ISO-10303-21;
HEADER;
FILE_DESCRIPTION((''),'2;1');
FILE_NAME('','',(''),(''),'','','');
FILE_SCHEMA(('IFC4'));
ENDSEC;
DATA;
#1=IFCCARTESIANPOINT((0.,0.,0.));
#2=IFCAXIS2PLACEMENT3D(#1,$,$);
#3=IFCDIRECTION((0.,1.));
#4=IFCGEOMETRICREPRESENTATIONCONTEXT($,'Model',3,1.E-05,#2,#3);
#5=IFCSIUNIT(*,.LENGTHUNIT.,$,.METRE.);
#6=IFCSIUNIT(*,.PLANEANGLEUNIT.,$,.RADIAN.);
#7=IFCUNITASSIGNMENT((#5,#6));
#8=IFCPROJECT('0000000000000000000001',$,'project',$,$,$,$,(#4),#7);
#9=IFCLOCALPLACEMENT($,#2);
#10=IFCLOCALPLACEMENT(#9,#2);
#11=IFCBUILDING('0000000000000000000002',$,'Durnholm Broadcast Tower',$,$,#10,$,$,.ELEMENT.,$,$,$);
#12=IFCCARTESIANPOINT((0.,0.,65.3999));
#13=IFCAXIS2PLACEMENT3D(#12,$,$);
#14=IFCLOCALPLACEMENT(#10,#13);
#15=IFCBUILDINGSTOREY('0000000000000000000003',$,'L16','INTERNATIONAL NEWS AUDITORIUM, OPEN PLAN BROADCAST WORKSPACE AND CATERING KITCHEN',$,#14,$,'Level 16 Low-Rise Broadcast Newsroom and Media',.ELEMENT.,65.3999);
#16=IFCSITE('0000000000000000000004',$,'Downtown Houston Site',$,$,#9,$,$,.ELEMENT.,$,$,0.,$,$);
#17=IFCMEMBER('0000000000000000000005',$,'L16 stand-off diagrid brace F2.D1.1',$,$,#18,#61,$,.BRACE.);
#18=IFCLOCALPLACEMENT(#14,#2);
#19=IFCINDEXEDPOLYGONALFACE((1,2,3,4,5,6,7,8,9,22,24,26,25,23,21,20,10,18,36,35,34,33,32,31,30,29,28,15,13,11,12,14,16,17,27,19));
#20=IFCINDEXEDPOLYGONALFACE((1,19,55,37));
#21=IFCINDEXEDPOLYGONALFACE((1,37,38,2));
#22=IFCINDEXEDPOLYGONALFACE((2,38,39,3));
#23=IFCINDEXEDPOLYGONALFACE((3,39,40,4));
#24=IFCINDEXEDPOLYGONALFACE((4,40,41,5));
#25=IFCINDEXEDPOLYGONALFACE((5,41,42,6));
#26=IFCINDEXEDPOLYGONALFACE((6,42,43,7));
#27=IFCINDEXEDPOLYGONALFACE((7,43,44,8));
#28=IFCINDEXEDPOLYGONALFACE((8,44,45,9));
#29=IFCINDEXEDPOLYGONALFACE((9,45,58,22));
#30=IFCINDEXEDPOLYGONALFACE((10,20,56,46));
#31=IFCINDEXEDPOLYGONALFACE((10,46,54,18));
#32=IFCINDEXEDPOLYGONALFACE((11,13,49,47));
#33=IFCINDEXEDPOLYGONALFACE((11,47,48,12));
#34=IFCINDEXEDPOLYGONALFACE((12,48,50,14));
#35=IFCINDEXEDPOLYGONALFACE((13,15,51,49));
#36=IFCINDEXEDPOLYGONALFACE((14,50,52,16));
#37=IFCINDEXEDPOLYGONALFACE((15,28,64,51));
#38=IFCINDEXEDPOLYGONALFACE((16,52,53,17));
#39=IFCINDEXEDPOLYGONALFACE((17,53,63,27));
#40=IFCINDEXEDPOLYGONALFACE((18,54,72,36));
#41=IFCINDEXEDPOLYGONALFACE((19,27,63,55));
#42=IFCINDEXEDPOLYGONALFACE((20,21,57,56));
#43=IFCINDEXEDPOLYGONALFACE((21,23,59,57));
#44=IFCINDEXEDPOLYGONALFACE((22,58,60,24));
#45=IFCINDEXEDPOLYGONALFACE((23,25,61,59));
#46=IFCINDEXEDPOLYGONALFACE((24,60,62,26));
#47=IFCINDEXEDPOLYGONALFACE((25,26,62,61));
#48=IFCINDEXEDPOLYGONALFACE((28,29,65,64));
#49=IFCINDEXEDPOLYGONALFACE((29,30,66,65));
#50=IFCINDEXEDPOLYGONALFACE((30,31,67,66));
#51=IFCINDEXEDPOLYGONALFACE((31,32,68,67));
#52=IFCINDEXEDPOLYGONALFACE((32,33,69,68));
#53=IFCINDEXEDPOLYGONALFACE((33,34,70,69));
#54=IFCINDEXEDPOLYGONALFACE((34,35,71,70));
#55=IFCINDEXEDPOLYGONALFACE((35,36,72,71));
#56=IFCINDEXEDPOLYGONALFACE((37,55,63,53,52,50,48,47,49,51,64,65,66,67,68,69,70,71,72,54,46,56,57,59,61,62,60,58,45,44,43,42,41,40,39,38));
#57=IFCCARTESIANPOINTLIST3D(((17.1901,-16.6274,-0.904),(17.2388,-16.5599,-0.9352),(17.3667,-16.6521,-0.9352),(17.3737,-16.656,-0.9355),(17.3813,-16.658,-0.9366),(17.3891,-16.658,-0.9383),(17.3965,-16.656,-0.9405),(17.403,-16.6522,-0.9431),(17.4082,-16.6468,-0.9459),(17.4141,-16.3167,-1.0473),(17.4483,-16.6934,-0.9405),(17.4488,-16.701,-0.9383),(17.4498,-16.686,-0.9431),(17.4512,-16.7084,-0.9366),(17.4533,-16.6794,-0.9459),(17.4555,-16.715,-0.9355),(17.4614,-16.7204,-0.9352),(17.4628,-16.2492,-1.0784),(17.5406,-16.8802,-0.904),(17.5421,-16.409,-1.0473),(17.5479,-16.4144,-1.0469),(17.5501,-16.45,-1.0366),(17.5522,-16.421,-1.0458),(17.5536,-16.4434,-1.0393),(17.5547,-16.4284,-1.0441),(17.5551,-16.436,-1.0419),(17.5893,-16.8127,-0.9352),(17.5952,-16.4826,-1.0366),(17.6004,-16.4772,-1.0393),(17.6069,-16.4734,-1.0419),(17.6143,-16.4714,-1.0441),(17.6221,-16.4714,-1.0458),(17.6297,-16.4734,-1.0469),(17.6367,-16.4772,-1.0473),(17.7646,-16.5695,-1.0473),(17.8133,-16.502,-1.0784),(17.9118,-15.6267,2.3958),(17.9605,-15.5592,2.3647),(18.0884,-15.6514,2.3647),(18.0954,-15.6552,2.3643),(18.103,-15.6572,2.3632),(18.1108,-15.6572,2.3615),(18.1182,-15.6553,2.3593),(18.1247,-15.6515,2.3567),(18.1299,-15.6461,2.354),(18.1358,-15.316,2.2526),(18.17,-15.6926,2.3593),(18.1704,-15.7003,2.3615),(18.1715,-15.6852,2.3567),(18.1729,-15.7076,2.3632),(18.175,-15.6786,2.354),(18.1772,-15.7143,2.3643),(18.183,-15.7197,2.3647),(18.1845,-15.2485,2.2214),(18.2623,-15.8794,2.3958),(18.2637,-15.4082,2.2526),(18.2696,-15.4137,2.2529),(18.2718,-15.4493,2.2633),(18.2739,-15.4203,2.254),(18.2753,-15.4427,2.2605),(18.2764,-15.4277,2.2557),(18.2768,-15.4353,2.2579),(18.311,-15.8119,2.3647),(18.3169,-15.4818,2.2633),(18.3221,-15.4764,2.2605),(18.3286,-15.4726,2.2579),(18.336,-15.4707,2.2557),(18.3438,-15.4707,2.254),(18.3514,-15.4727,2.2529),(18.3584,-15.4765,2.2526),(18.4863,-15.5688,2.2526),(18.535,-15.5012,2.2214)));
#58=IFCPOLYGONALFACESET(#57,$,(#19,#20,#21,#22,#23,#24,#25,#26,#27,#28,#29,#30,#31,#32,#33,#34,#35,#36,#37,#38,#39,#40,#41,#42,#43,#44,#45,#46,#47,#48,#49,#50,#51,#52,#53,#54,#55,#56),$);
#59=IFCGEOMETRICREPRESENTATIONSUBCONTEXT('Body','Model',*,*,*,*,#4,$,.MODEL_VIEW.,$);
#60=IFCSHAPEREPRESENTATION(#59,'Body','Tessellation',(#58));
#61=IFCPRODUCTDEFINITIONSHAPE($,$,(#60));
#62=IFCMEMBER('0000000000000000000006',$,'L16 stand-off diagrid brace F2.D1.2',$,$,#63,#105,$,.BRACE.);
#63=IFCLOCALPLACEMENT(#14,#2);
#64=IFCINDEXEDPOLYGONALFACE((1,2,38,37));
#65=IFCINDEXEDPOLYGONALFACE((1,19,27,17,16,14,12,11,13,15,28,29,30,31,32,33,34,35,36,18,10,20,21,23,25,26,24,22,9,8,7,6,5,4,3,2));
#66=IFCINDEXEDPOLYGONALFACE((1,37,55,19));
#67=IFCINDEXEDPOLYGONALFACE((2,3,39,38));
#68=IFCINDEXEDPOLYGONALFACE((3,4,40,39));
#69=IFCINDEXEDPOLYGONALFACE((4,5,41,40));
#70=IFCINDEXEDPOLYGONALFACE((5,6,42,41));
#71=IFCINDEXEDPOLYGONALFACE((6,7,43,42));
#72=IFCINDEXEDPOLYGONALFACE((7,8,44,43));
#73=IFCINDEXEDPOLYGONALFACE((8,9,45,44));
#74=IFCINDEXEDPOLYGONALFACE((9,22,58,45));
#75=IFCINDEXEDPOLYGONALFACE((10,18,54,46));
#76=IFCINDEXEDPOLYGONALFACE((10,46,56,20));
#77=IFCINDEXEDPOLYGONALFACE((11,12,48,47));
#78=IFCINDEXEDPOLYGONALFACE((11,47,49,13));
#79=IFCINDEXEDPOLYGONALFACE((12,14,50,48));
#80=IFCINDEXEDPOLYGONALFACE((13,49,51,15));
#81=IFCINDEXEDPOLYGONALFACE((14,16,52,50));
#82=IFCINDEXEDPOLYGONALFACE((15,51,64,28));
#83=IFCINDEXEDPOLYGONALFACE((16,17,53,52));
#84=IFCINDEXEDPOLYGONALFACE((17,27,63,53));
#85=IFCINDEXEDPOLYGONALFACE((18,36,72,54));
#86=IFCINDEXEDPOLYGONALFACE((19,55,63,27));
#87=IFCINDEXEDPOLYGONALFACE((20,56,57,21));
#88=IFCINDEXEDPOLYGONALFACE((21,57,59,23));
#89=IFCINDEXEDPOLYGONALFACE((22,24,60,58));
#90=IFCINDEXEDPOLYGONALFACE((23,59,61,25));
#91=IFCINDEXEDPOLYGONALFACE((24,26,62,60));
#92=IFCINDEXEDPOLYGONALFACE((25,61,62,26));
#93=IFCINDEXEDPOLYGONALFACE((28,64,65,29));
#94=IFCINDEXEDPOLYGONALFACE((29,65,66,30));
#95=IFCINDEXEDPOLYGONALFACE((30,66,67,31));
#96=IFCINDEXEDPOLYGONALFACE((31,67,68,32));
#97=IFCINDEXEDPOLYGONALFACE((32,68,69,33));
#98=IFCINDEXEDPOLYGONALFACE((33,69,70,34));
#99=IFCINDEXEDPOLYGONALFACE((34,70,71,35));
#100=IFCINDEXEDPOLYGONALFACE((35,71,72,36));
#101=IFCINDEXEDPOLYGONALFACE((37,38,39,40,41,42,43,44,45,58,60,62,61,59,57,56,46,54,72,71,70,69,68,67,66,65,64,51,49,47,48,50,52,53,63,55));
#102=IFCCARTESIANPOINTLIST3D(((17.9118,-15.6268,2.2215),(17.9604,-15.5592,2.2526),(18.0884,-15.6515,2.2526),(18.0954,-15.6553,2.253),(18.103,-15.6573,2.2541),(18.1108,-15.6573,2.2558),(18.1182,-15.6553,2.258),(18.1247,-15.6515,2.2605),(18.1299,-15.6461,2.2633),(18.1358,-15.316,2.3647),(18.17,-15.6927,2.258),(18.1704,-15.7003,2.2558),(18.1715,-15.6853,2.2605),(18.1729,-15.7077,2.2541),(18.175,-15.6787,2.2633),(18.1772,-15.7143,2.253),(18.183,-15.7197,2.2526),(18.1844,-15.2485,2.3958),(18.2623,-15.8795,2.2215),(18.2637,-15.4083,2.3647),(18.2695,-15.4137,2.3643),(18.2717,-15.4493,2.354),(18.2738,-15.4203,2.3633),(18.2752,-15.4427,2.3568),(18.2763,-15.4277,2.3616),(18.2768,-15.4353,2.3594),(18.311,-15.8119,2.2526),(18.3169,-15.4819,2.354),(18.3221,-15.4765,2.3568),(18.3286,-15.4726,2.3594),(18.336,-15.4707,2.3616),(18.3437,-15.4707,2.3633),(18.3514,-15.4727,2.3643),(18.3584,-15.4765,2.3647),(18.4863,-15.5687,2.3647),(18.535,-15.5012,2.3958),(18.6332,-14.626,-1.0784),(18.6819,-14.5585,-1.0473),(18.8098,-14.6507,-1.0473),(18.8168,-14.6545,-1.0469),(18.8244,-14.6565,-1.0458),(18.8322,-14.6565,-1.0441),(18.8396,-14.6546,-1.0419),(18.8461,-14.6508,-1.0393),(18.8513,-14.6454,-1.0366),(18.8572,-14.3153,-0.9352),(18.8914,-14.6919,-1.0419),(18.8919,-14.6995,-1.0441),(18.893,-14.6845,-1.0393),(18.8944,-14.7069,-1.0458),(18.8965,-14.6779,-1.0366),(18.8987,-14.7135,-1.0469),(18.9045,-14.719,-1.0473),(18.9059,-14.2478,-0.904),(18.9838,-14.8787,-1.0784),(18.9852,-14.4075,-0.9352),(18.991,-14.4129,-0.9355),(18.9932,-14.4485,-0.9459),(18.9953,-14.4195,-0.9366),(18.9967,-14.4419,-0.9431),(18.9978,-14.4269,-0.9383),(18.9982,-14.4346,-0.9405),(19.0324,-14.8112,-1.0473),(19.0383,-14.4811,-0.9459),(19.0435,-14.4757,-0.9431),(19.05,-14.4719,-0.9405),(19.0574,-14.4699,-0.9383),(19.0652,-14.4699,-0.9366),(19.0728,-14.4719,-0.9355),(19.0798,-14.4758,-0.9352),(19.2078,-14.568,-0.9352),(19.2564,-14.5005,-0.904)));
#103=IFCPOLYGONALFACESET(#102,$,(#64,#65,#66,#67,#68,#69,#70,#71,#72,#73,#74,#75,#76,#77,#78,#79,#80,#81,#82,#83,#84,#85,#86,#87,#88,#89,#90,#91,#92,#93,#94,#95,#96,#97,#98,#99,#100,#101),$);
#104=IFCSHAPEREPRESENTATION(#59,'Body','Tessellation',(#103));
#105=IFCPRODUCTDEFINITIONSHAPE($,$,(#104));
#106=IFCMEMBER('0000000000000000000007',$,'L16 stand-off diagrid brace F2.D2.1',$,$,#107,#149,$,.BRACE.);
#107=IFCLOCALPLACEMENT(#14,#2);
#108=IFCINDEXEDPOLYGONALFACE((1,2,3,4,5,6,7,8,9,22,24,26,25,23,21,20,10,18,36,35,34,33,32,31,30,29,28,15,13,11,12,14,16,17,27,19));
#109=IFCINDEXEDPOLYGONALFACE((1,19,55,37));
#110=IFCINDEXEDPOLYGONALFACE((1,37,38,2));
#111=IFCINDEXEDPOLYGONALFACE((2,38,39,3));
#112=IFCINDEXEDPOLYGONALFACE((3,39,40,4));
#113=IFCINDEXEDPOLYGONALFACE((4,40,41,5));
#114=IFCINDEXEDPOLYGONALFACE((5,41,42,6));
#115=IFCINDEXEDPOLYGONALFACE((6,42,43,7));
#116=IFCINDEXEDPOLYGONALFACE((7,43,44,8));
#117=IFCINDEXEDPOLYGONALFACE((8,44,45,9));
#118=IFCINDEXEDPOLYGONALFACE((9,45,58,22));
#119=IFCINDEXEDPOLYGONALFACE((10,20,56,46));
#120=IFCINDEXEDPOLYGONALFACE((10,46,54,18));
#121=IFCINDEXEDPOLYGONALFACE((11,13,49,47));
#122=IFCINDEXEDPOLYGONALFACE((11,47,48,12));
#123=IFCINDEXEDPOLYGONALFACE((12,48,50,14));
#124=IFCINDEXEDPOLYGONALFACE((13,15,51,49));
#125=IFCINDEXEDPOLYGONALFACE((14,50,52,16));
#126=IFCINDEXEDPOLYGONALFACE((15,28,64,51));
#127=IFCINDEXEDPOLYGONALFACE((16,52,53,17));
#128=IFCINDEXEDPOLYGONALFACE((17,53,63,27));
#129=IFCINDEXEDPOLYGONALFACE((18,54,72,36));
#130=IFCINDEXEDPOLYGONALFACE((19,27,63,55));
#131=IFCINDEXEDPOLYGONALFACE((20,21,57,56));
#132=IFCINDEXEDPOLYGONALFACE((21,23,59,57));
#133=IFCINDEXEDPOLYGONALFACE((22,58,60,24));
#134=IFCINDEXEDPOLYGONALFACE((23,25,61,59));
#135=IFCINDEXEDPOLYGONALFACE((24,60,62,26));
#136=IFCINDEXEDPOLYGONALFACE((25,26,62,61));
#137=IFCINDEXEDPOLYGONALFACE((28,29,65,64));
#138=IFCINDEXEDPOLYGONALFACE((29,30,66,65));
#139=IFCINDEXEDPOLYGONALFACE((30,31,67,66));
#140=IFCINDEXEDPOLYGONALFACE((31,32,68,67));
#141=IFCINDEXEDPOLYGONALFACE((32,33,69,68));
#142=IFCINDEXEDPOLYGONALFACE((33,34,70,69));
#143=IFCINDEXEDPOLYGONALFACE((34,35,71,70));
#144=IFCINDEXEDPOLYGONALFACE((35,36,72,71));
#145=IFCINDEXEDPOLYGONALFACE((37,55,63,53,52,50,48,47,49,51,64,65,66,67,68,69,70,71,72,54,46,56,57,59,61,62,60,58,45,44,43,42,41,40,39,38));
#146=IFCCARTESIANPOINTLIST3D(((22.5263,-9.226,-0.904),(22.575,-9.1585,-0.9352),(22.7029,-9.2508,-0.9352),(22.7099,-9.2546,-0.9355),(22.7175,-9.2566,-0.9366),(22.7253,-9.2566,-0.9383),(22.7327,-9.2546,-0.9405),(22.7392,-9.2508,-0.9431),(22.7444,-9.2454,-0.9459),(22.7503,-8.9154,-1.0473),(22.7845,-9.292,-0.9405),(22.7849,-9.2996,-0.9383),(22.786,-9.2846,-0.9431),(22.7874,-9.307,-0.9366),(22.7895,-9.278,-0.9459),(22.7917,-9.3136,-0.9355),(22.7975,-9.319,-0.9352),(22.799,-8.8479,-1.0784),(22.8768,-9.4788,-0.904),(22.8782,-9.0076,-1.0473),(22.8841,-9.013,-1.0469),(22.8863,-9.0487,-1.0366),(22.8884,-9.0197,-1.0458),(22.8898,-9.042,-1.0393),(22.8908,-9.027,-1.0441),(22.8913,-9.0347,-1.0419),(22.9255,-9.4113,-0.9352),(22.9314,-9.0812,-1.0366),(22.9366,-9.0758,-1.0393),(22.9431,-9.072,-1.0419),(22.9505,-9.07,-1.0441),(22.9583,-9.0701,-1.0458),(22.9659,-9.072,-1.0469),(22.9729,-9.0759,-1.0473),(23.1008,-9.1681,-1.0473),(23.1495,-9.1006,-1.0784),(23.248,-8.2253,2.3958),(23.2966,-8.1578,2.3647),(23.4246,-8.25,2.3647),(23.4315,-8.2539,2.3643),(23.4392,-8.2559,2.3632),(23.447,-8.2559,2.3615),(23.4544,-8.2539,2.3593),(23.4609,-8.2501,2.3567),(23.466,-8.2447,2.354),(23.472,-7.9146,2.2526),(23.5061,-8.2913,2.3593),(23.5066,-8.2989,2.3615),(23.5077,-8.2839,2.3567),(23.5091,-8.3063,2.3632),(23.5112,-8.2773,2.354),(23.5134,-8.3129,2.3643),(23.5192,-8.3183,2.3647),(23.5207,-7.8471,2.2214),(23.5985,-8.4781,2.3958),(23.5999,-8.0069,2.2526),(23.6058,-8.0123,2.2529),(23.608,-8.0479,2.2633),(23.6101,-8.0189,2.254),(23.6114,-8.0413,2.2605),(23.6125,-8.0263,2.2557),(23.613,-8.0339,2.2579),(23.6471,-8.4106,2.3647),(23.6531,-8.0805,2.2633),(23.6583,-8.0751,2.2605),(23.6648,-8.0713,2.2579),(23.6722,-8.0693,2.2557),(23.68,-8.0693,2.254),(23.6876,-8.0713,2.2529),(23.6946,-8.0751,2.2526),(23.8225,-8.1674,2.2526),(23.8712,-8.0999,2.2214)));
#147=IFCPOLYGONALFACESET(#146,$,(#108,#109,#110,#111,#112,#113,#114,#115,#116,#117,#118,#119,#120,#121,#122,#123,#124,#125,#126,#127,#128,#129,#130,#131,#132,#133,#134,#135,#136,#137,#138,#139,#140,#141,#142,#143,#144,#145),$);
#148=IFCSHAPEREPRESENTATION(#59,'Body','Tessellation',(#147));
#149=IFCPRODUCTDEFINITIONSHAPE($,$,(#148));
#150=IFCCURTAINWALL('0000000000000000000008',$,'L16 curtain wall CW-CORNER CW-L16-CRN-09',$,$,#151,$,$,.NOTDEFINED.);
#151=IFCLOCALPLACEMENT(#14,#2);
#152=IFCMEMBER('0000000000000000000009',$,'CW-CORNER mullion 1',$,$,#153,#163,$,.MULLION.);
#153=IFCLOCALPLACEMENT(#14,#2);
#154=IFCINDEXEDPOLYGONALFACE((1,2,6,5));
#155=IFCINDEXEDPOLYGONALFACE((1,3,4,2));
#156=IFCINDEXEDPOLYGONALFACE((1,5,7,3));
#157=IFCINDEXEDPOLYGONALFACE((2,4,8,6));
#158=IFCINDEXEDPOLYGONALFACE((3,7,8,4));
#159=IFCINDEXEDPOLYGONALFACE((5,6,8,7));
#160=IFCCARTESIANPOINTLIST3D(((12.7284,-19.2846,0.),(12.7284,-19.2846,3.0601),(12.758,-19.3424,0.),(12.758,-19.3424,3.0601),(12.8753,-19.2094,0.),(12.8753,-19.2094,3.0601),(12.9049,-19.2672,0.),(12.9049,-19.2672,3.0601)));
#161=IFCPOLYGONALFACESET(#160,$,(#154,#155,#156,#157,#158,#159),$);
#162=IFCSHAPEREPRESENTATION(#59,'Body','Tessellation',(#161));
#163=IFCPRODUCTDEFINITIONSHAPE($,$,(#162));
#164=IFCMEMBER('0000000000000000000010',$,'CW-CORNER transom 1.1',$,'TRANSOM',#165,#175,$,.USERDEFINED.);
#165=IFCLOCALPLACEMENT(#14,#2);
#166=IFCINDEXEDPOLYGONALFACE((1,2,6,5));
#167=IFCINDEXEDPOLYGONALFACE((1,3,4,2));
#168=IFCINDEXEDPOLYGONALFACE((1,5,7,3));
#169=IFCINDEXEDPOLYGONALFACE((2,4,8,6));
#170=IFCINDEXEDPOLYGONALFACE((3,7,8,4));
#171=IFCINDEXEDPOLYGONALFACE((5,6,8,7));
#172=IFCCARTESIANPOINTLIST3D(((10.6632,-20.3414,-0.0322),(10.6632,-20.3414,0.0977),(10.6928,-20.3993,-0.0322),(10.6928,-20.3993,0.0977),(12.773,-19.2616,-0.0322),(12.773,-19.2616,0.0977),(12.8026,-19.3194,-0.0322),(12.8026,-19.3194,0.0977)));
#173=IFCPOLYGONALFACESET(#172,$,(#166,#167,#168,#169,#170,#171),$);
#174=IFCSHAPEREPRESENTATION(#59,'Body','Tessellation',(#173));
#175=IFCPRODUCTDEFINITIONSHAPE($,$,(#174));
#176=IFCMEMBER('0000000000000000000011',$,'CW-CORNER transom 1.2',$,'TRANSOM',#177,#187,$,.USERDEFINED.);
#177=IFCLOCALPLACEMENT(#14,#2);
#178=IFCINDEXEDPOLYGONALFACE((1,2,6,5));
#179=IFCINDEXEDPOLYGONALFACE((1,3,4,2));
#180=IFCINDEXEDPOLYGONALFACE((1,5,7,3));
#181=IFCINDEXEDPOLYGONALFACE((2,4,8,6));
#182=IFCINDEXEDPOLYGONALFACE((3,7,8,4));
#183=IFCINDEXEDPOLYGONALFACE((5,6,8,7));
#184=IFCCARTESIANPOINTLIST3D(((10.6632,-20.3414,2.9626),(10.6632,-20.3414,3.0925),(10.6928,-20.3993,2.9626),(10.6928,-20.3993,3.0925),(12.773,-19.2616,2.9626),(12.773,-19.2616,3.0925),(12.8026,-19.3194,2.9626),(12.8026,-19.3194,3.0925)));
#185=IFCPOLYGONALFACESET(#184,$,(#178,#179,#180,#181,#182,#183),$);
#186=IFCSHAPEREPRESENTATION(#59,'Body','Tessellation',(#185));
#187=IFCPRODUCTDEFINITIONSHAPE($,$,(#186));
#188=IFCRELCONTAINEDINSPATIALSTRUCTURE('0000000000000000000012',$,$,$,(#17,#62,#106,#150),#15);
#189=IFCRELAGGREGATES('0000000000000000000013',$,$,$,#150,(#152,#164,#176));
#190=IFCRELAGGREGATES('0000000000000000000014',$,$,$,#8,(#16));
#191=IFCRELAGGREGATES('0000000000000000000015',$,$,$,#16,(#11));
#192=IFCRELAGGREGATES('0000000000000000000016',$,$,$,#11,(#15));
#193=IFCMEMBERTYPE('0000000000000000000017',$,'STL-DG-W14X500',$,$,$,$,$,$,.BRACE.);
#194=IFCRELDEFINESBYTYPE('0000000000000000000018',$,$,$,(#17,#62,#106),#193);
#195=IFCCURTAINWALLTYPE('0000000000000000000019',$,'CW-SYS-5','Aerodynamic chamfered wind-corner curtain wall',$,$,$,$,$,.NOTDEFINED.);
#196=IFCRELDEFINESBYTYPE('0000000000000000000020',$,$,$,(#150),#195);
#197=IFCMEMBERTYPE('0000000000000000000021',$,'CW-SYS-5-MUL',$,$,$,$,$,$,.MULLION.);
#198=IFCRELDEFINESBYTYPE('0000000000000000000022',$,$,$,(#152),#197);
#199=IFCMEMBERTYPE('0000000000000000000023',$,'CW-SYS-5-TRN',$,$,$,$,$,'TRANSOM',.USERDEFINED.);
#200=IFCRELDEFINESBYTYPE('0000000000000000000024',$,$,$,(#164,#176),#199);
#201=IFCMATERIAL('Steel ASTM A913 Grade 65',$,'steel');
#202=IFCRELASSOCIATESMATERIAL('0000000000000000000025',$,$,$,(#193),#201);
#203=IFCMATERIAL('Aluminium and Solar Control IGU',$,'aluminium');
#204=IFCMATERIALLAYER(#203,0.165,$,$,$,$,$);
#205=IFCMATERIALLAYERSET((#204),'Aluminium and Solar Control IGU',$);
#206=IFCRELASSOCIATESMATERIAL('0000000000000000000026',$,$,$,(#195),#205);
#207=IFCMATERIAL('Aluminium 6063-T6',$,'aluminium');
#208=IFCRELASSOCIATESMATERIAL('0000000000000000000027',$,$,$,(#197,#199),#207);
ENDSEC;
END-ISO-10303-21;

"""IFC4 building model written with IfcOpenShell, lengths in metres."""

from ifc_helpers import new_model, si_unit, direction, frame, origin, origin_2d, place, context, subcontext, project, spatial, rectangle, i_section, extrude, source, transform, mapped, material, layer, layer_set, material_profile, profile_set, type_object, type_shapes, element, aggregate, save


model = new_model("IFC4")

# Units and contexts
model_context = context("Model", 3, precision=1e-05, world=origin(), true_north=direction((0.0, 1.0)))
body_context = subcontext(model_context, "Body", "Model", "MODEL_VIEW")
ifc_project = project(units=[si_unit("LENGTHUNIT", "METRE"), si_unit("PLANEANGLEUNIT", "RADIAN")], contexts=[model_context])

# Site, building, storey
site_placement = place(None, origin())
site = spatial("IfcSite", under=ifc_project, at=site_placement, Name="Downtown Houston Site", CompositionType="ELEMENT", RefElevation=0.0)
building_placement = place(site_placement, origin())
building = spatial("IfcBuilding", under=site, at=building_placement, Name="Durnholm Broadcast Tower", CompositionType="ELEMENT")
storey_placement = place(building_placement, frame((0.0, 0.0, 65.3999)))
storey = spatial("IfcBuildingStorey", under=building, at=storey_placement, Name="L16", Description="INTERNATIONAL NEWS AUDITORIUM, OPEN PLAN BROADCAST WORKSPACE AND CATERING KITCHEN", LongName="Level 16 Low-Rise Broadcast Newsroom and Media", CompositionType="ELEMENT", Elevation=65.3999)

# Members
ifc_material_1 = material(Name="Steel ASTM A913 Grade 65", Category="steel")
ifc_material_profile_1 = material_profile(ifc_material_1, i_section(OverallWidth=0.4321, OverallDepth=0.4978, WebThickness=0.0557, FlangeThickness=0.0889, FilletRadius=0.0305, at=origin_2d()), Name="W14X500")
ifc_profile_set_1 = profile_set([ifc_material_profile_1], Name="Steel ASTM A913 Grade 65")
member_type_1 = type_object("IfcMemberType", Name="STL-DG-W14X500", PredefinedType="BRACE", material=ifc_profile_set_1)
shared_shape_1 = source(origin(), body_context, "Body", "SweptSolid", [
    extrude(i_section(OverallWidth=0.4321, OverallDepth=0.4978, WebThickness=0.0557, FlangeThickness=0.0889, FilletRadius=0.0305, at=origin_2d()), origin(), (0.0, 0.0, 1.0), 3.5229),
])
type_shapes(member_type_1, [shared_shape_1])
for number, where, z_axis, x_axis, name in (
    (1, (17.5017, -16.5647, -0.9912), (0.204852, 0.284063, 0.936666), (-0.811091, 0.58492, 0.0), "L16 stand-off diagrid brace F2.D1.1"),
    (2, (18.9448, -14.5632, -0.9912), (-0.204786, -0.284067, 0.93668), (0.811185, -0.584789, 0.0), "L16 stand-off diagrid brace F2.D1.2"),
    (3, (22.8379, -9.1633, -0.9912), (0.204852, 0.284063, 0.936666), (-0.811091, 0.58492, 0.0), "L16 stand-off diagrid brace F2.D2.1"),
):
    element("IfcMember", number, at=place(storey_placement, frame(where, z_axis=z_axis, x_axis=x_axis)), inside=storey, type_object=member_type_1, Name=name, PredefinedType="BRACE", context=body_context, shape_type="MappedRepresentation", body=[
        mapped(shared_shape_1, transform((0.0, 0.0, 0.0), x_axis=(1.0, 0.0, 0.0), y_axis=(0.0, 1.0, 0.0), z_axis=(0.0, 0.0, 1.0), scale=1.0)),
    ])

# Curtain wall, members
ifc_material_2 = material(Name="Aluminium and Solar Control IGU", Category="aluminium")
ifc_layer_1 = layer(ifc_material_2, 0.165)
ifc_layer_set_1 = layer_set([ifc_layer_1], Name="Aluminium and Solar Control IGU")
curtain_wall_type_1 = type_object("IfcCurtainWallType", Name="CW-SYS-5", Description="Aerodynamic chamfered wind-corner curtain wall", PredefinedType="NOTDEFINED", material=ifc_layer_set_1)
curtain_wall_1_placement = place(storey_placement, origin())
curtain_wall_1 = element("IfcCurtainWall", 4, at=curtain_wall_1_placement, inside=storey, type_object=curtain_wall_type_1, Name="L16 curtain wall CW-CORNER CW-L16-CRN-09", PredefinedType="NOTDEFINED")
ifc_material_3 = material(Name="Aluminium 6063-T6", Category="aluminium")
ifc_material_profile_2 = material_profile(ifc_material_3, rectangle(XDim=0.0649, YDim=0.165, at=origin_2d()), Name="CWM65X165")
ifc_profile_set_2 = profile_set([ifc_material_profile_2], Name="Aluminium 6063-T6")
member_type_2 = type_object("IfcMemberType", Name="CW-SYS-5-MUL", PredefinedType="MULLION", material=ifc_profile_set_2)
shared_shape_2 = source(origin(), body_context, "Body", "SweptSolid", [
    extrude(rectangle(XDim=0.0649, YDim=0.165, at=origin_2d()), origin(), (0.0, 0.0, 1.0), 3.0601),
])
type_shapes(member_type_2, [shared_shape_2])
member_1_placement = place(storey_placement, frame((12.8167, -19.2759, 0.0), z_axis=(0.0, 0.0, 1.0), x_axis=(0.455594, -0.890188, 0.0)))
member_1 = element("IfcMember", 5, at=member_1_placement, type_object=member_type_2, Name="CW-CORNER mullion 1", PredefinedType="MULLION", context=body_context, shape_type="MappedRepresentation", body=[
    mapped(shared_shape_2, transform((0.0, 0.0, 0.0), x_axis=(1.0, 0.0, 0.0), y_axis=(0.0, 1.0, 0.0), z_axis=(0.0, 0.0, 1.0), scale=1.0)),
])
ifc_material_profile_3 = material_profile(ifc_material_3, rectangle(XDim=0.0649, YDim=0.1299, at=origin_2d()), Name="CWT65X130")
ifc_profile_set_3 = profile_set([ifc_material_profile_3], Name="Aluminium 6063-T6")
member_type_3 = type_object("IfcMemberType", Name="CW-SYS-5-TRN", ElementType="TRANSOM", PredefinedType="USERDEFINED", material=ifc_profile_set_3)
shared_shape_3 = source(origin(), body_context, "Body", "SweptSolid", [
    extrude(rectangle(XDim=0.0649, YDim=0.1299, at=origin_2d()), origin(), (0.0, 0.0, 1.0), 2.3701),
])
type_shapes(member_type_3, [shared_shape_3])
member_2_placement = place(storey_placement, frame((12.7878, -19.2905, 0.0327), z_axis=(-0.890185, -0.455599, 0.0), x_axis=(0.455599, -0.890185, 0.0)))
member_2 = element("IfcMember", 6, at=member_2_placement, type_object=member_type_3, Name="CW-CORNER transom 1.1", ObjectType="TRANSOM", PredefinedType="USERDEFINED", context=body_context, shape_type="MappedRepresentation", body=[
    mapped(shared_shape_3, transform((0.0, 0.0, 0.0), x_axis=(1.0, 0.0, 0.0), y_axis=(0.0, 1.0, 0.0), z_axis=(0.0, 0.0, 1.0), scale=1.0)),
])
member_3_placement = place(storey_placement, frame((12.7878, -19.2905, 3.0276), z_axis=(-0.890185, -0.455599, 0.0), x_axis=(0.455599, -0.890185, 0.0)))
member_3 = element("IfcMember", 7, at=member_3_placement, type_object=member_type_3, Name="CW-CORNER transom 1.2", ObjectType="TRANSOM", PredefinedType="USERDEFINED", context=body_context, shape_type="MappedRepresentation", body=[
    mapped(shared_shape_3, transform((0.0, 0.0, 0.0), x_axis=(1.0, 0.0, 0.0), y_axis=(0.0, 1.0, 0.0), z_axis=(0.0, 0.0, 1.0), scale=1.0)),
])
aggregate(curtain_wall_1, [member_1, member_2, member_3])

save(model, "model.ifc")
